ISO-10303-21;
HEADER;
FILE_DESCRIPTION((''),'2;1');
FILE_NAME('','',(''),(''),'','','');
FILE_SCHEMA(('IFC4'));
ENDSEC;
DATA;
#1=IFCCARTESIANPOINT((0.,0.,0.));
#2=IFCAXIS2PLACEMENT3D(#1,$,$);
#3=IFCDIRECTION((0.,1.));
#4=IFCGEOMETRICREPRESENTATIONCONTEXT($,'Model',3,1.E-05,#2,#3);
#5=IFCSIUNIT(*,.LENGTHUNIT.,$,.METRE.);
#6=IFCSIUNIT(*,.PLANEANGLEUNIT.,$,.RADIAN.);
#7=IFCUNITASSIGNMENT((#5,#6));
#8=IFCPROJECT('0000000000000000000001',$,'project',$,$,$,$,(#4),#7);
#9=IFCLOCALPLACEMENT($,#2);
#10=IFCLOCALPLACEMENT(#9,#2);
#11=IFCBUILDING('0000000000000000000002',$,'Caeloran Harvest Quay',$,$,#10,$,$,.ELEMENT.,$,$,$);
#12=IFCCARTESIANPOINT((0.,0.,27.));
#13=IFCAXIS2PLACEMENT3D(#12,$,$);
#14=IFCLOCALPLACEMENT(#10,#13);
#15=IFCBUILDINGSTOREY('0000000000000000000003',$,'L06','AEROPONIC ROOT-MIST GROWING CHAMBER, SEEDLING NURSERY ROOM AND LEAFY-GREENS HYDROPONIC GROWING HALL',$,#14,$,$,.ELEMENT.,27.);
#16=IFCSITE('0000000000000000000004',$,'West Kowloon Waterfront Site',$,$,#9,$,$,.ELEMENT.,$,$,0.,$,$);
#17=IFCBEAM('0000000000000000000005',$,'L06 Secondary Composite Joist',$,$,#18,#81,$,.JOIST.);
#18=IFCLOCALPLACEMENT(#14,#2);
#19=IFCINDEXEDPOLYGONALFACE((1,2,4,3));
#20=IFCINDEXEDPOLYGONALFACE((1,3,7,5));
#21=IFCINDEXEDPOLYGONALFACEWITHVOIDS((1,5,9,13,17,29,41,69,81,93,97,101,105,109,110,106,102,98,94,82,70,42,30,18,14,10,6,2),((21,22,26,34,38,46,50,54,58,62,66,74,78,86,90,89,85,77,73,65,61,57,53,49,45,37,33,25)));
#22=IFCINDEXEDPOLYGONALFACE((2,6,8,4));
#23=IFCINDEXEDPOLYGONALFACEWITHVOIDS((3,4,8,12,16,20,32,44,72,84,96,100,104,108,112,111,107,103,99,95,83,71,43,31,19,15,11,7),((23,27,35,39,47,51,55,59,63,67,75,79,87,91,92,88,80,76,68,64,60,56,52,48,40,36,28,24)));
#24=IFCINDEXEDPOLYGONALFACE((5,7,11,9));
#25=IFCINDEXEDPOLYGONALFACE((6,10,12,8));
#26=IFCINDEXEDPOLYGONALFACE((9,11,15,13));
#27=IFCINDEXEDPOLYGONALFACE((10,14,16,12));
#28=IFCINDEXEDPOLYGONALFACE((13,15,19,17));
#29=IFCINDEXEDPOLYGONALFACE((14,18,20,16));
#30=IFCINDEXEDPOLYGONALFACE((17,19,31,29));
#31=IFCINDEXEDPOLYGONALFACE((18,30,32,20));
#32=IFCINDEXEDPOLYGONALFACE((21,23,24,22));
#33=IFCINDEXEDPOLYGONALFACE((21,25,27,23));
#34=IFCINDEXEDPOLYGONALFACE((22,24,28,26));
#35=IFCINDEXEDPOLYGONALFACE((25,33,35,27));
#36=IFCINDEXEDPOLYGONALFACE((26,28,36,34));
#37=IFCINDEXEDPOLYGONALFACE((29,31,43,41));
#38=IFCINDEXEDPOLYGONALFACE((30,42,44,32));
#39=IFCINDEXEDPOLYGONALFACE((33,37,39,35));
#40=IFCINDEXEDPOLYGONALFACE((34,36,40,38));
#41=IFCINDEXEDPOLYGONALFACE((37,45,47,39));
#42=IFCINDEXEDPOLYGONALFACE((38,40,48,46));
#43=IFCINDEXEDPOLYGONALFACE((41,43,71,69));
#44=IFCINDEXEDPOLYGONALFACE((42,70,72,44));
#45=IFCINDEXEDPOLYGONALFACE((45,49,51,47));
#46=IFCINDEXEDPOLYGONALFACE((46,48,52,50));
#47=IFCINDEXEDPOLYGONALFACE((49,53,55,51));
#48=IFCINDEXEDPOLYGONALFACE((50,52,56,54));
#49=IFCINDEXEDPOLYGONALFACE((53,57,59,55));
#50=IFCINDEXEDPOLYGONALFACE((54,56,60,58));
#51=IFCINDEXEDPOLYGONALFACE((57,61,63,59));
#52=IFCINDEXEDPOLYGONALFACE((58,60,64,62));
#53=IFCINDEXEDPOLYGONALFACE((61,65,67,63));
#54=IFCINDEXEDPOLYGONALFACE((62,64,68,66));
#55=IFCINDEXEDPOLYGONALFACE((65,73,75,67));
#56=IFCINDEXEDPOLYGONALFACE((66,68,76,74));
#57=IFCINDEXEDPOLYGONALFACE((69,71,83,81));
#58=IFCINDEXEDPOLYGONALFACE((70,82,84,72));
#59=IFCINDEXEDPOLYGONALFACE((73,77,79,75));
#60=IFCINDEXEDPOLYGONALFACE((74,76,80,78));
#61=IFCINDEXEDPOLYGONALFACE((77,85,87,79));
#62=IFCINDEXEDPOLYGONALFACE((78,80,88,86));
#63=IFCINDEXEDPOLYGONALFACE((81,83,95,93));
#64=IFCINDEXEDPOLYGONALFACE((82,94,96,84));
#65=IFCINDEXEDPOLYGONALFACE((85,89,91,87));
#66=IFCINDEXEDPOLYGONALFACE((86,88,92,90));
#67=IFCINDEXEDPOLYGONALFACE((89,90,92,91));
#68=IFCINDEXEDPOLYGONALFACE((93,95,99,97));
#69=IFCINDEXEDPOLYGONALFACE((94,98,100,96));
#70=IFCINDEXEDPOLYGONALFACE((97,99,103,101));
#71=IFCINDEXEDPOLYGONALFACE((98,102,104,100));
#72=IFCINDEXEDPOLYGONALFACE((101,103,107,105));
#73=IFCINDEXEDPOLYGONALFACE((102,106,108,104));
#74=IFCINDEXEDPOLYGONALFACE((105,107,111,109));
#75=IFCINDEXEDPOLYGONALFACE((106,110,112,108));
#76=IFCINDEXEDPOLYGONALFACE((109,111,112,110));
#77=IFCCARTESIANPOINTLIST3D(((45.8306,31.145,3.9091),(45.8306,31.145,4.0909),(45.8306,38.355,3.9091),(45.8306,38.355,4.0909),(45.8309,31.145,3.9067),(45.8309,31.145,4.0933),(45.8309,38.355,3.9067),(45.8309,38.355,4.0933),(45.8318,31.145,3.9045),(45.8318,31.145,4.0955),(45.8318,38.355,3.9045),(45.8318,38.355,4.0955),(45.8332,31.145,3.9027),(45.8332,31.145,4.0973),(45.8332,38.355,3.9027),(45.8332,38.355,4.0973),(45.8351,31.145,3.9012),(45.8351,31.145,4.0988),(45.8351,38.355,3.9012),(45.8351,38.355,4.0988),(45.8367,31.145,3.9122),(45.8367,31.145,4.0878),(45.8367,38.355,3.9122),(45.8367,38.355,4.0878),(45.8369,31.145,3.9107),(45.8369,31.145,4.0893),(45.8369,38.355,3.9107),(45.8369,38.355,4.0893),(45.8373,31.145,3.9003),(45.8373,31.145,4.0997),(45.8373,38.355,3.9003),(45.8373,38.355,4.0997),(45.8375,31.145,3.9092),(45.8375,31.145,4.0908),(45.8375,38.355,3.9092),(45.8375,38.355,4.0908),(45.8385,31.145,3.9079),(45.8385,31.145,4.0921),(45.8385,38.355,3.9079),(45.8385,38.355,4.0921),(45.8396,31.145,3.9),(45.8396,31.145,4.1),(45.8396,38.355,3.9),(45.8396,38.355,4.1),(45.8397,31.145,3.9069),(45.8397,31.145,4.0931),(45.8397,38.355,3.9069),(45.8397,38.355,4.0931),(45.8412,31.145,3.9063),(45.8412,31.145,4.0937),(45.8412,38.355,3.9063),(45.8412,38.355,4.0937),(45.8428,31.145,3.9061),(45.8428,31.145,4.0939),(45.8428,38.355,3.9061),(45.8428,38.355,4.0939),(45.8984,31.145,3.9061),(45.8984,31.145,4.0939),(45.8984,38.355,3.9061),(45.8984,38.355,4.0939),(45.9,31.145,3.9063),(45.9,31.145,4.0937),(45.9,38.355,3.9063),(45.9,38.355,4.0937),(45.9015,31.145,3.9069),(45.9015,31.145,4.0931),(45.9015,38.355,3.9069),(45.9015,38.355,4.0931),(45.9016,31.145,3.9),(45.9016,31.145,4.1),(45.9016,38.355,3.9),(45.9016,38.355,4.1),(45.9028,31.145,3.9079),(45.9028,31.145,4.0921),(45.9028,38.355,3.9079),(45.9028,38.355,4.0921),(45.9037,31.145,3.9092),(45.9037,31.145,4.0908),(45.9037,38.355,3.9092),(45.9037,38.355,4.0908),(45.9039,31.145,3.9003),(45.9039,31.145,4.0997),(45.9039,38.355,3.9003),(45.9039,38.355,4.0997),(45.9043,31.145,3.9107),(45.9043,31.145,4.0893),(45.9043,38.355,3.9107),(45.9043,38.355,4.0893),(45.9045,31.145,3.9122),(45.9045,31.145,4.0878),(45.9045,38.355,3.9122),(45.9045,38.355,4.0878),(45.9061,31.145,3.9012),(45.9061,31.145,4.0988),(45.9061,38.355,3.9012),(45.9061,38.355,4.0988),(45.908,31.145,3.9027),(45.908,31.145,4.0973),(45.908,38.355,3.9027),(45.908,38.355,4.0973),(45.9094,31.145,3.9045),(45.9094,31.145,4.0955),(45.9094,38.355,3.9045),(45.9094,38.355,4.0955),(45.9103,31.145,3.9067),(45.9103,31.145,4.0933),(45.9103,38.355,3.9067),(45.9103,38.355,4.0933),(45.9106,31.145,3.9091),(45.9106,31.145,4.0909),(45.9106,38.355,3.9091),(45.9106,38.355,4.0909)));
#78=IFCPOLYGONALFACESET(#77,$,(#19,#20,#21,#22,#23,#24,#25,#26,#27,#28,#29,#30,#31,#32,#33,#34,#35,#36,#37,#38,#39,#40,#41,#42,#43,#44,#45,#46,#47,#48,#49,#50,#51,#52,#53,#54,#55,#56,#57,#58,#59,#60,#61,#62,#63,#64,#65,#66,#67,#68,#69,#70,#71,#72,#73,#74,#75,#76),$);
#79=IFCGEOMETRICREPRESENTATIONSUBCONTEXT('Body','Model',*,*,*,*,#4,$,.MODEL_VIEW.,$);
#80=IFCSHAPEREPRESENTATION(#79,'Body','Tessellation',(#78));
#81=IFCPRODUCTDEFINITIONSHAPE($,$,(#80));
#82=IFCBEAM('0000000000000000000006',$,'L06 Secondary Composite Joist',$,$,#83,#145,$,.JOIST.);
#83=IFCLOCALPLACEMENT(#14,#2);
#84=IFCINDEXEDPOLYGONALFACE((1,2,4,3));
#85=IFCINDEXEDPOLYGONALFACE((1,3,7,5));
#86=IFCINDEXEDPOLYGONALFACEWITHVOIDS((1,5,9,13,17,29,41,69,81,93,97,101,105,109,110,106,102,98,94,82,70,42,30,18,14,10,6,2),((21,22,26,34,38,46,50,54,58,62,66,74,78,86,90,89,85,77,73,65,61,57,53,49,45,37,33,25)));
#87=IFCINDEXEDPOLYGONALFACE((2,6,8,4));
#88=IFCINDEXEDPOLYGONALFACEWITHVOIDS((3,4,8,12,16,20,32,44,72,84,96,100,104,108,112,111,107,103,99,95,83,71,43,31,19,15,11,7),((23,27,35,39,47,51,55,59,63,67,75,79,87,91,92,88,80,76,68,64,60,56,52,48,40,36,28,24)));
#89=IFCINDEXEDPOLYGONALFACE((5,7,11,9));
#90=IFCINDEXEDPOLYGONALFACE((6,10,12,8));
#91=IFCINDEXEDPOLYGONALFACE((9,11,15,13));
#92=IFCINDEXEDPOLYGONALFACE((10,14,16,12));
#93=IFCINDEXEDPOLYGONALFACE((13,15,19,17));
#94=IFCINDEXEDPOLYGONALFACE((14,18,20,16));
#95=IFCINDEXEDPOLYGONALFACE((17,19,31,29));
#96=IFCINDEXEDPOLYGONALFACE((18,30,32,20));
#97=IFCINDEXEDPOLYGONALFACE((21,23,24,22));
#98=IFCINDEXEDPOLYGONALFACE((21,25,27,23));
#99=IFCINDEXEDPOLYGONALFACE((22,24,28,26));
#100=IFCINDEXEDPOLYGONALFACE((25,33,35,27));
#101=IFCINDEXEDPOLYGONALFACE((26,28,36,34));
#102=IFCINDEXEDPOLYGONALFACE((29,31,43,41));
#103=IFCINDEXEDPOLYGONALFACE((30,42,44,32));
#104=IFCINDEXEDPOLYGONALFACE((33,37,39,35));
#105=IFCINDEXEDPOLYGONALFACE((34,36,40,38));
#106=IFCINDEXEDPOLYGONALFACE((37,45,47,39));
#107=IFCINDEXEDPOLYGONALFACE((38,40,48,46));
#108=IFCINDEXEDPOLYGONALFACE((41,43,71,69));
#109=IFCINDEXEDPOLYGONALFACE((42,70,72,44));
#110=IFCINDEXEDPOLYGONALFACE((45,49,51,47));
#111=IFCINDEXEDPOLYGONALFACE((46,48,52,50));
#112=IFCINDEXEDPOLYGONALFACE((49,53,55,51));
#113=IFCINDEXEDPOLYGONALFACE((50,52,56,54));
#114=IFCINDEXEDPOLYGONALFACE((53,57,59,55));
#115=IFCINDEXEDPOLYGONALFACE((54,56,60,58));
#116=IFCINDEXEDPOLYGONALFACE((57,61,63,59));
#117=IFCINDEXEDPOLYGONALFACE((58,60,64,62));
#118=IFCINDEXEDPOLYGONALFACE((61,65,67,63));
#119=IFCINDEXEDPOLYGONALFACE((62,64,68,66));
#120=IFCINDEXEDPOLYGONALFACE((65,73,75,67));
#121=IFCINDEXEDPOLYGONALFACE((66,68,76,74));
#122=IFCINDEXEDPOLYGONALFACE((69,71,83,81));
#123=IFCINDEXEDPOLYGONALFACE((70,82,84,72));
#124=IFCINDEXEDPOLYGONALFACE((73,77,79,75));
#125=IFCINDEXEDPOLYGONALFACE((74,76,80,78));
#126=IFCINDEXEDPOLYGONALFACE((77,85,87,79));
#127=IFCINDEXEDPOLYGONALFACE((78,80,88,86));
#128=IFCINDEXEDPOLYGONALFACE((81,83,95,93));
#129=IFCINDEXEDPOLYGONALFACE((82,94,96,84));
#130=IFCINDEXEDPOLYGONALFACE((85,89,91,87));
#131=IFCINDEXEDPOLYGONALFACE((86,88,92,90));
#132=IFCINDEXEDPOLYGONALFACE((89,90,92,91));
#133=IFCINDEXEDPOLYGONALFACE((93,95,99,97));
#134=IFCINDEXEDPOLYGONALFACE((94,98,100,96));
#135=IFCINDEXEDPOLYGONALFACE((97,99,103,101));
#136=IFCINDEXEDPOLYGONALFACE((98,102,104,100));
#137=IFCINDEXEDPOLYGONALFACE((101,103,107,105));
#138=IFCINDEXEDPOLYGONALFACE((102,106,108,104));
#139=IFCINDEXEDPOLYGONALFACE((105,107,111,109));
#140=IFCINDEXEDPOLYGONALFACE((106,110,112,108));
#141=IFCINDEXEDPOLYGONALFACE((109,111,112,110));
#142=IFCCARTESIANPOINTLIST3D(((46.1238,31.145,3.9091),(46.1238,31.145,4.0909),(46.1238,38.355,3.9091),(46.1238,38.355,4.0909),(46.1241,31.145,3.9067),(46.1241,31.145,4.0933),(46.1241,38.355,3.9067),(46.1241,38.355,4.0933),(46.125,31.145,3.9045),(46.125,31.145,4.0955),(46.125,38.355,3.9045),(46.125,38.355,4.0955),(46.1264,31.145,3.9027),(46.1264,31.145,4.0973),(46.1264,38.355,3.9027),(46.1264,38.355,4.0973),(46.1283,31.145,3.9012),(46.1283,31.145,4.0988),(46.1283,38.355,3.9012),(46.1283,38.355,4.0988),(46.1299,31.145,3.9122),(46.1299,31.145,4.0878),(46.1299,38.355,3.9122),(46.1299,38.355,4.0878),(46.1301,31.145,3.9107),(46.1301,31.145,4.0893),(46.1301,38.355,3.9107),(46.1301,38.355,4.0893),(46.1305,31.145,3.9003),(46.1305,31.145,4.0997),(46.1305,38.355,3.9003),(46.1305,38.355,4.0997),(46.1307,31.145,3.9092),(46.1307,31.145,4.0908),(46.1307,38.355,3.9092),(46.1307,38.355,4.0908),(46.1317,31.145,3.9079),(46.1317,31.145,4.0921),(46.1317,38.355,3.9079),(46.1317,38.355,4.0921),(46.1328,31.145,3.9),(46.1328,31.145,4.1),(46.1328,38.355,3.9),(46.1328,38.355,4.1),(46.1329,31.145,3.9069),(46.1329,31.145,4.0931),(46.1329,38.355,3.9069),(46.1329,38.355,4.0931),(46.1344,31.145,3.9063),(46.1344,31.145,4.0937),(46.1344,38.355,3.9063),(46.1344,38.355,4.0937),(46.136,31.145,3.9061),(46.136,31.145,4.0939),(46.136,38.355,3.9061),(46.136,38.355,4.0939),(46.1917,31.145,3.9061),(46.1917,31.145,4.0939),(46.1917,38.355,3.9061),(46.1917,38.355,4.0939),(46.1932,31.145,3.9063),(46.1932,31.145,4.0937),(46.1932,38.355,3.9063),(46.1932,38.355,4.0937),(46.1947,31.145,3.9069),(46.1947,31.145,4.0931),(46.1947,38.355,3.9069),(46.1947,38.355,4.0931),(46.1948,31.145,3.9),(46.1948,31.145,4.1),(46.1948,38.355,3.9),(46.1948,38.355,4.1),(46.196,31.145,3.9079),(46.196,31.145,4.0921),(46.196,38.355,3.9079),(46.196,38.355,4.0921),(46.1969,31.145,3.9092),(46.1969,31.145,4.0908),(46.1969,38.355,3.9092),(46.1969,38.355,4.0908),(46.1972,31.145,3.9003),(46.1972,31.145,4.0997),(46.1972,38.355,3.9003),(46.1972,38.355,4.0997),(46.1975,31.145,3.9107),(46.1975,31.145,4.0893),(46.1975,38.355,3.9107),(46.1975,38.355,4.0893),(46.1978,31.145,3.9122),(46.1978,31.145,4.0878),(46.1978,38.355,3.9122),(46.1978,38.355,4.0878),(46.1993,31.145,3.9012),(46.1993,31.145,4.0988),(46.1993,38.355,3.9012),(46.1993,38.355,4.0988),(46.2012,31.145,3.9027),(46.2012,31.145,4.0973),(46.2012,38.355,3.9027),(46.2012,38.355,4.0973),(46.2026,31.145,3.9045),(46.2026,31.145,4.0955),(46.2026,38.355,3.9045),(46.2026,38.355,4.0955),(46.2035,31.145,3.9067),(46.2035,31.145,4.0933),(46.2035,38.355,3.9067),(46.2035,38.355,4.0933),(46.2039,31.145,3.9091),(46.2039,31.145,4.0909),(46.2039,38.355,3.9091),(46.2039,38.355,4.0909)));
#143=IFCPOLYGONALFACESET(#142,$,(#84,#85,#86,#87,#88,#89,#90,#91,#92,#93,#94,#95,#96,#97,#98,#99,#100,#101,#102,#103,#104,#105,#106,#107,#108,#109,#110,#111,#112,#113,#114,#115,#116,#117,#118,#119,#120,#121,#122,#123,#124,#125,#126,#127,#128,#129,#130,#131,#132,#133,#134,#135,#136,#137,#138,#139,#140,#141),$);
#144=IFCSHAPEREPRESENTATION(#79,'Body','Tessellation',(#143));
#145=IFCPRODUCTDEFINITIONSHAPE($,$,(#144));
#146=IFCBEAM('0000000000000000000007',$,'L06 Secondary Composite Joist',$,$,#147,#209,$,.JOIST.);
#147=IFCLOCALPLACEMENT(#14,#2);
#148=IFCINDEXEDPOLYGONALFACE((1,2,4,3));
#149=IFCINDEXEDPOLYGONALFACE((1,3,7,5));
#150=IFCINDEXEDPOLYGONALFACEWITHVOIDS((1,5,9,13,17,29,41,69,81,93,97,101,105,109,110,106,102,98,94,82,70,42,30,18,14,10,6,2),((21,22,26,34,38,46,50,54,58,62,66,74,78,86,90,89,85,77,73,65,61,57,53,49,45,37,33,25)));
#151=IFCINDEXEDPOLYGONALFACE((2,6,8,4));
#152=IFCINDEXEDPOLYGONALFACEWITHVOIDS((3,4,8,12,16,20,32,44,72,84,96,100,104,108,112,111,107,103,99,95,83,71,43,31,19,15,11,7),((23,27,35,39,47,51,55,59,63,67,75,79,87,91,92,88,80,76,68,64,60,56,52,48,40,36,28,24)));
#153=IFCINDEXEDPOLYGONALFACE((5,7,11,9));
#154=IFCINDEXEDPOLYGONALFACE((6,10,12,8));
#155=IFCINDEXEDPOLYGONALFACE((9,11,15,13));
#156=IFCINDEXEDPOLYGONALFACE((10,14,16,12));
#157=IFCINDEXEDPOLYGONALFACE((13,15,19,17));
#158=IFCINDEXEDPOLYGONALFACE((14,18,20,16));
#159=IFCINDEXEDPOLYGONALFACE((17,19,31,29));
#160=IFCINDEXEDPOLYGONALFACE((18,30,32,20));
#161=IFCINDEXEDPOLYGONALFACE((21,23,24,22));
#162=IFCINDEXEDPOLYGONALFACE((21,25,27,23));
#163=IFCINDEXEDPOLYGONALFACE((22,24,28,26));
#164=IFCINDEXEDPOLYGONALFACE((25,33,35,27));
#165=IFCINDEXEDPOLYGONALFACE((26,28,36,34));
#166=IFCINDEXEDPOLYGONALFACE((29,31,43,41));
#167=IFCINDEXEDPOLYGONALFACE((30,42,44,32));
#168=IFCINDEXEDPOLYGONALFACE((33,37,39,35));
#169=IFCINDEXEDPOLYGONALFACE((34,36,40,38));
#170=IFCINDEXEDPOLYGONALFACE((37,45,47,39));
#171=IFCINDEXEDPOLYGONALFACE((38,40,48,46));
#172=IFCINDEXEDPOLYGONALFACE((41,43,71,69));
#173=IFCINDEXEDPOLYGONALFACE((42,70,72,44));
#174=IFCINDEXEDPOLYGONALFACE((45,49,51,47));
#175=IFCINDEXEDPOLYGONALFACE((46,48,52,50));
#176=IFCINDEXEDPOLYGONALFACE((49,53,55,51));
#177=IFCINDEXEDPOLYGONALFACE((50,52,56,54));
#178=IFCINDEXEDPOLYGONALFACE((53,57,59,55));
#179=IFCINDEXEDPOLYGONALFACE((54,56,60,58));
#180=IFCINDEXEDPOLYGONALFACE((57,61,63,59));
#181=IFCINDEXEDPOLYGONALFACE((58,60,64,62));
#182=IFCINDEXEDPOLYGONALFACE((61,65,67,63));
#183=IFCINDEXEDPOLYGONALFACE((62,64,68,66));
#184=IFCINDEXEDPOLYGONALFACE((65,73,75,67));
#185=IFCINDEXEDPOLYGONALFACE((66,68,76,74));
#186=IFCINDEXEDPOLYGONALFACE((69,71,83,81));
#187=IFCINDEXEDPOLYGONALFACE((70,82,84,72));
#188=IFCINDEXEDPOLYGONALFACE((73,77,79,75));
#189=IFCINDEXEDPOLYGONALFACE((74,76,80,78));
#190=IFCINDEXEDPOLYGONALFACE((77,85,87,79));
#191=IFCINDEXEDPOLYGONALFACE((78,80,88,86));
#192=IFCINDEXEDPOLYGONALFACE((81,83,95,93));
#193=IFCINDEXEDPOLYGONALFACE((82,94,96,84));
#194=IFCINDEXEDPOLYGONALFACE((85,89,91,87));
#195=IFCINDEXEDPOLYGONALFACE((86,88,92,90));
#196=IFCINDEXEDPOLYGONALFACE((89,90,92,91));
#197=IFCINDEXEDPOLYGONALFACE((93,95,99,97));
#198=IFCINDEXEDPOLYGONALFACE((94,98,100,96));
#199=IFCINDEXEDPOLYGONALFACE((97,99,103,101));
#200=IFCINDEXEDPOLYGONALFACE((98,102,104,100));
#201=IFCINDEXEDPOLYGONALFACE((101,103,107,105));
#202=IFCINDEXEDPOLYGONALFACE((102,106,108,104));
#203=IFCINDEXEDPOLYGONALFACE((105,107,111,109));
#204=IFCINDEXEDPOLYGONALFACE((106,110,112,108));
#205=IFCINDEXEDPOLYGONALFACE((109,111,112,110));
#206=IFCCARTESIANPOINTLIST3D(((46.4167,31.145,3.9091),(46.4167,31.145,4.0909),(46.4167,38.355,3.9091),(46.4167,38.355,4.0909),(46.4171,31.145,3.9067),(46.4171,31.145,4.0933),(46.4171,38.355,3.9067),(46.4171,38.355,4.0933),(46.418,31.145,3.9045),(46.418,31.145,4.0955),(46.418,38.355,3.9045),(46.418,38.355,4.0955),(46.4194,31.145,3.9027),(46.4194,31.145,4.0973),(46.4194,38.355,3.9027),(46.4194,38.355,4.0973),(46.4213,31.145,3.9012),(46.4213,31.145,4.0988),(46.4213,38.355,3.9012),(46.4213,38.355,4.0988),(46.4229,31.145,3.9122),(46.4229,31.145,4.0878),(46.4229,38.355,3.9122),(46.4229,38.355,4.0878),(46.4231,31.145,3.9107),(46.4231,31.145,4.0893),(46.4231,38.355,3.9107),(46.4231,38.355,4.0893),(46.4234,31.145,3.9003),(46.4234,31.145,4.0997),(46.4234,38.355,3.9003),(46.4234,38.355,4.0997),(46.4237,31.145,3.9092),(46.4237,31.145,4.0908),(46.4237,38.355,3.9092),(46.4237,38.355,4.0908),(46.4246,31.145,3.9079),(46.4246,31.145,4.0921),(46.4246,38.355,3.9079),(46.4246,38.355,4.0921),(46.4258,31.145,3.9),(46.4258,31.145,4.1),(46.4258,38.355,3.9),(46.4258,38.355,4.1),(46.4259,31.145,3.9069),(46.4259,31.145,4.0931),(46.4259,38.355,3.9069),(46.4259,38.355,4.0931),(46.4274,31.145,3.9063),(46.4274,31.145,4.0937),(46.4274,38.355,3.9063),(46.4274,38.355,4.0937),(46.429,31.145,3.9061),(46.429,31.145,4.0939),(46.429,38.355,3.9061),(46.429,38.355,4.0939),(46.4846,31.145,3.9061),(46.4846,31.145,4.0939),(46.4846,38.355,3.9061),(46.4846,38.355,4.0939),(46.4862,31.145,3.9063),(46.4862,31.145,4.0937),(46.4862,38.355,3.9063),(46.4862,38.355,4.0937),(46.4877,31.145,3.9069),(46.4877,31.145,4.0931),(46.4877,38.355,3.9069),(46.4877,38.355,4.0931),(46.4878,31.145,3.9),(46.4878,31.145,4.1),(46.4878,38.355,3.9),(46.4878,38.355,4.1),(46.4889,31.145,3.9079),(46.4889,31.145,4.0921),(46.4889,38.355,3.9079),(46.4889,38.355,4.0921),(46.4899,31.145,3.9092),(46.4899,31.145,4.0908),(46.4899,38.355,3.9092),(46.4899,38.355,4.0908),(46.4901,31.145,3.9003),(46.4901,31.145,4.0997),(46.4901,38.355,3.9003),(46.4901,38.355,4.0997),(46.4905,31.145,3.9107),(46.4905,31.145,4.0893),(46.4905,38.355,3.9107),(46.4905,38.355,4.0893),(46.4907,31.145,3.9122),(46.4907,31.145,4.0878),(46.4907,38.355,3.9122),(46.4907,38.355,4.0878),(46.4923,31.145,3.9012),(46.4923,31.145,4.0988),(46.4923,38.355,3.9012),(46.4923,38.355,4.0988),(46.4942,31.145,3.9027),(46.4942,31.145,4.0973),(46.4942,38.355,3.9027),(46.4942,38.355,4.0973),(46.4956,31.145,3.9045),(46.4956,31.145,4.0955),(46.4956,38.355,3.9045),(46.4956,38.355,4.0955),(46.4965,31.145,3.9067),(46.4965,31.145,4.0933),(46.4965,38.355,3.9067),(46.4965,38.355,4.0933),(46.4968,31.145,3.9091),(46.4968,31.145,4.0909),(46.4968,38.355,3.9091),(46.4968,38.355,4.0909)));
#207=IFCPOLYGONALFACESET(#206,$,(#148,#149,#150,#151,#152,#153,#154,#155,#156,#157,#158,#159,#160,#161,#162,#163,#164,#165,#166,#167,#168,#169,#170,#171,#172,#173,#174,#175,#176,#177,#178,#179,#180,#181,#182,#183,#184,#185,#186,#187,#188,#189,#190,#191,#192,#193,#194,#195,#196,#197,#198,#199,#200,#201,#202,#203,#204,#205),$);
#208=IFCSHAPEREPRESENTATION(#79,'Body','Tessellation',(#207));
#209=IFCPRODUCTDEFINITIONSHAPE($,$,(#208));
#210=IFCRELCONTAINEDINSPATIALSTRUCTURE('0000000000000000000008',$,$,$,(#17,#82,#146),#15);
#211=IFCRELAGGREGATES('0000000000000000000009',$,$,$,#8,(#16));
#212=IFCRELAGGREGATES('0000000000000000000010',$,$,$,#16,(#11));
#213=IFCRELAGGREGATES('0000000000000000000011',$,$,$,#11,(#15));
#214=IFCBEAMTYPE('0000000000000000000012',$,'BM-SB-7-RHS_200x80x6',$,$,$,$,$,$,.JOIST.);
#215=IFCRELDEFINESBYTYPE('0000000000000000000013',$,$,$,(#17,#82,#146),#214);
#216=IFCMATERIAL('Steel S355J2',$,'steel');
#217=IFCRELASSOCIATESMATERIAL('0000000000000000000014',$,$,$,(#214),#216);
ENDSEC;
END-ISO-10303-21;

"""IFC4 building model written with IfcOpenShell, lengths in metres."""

from ifc_helpers import new_model, si_unit, direction, frame, origin, origin_2d, place, context, subcontext, project, spatial, hollow_rectangle, extrude, material, material_profile, profile_set, type_object, element, save


model = new_model("IFC4")

# Units and contexts
model_context = context("Model", 3, precision=1e-05, world=origin(), true_north=direction((0.0, 1.0)))
body_context = subcontext(model_context, "Body", "Model", "MODEL_VIEW")
ifc_project = project(units=[si_unit("LENGTHUNIT", "METRE"), si_unit("PLANEANGLEUNIT", "RADIAN")], contexts=[model_context])

# Site, building, storey
site_placement = place(None, origin())
site = spatial("IfcSite", under=ifc_project, at=site_placement, Name="West Kowloon Waterfront Site", CompositionType="ELEMENT", RefElevation=0.0)
building_placement = place(site_placement, origin())
building = spatial("IfcBuilding", under=site, at=building_placement, Name="Caeloran Harvest Quay", CompositionType="ELEMENT")
storey_placement = place(building_placement, frame((0.0, 0.0, 27.0)))
storey = spatial("IfcBuildingStorey", under=building, at=storey_placement, Name="L06", Description="AEROPONIC ROOT-MIST GROWING CHAMBER, SEEDLING NURSERY ROOM AND LEAFY-GREENS HYDROPONIC GROWING HALL", CompositionType="ELEMENT", Elevation=27.0)

# Beams
ifc_material_1 = material(Name="Steel S355J2", Category="steel")
ifc_material_profile_1 = material_profile(ifc_material_1, hollow_rectangle(XDim=0.0801, YDim=0.2, WallThickness=0.0061, InnerFilletRadius=0.0061, OuterFilletRadius=0.009, at=origin_2d()), Name="RHS 200x80x6")
ifc_profile_set_1 = profile_set([ifc_material_profile_1], Name="Steel S355J2")
beam_type_1 = type_object("IfcBeamType", Name="BM-SB-7-RHS_200x80x6", PredefinedType="JOIST", material=ifc_profile_set_1)
for number, where, z_axis, x_axis, name in (
    (1, (45.8706, 31.145, 4.0), (0.0, 1.0, 0.0), (-1.0, 0.0, 0.0), "L06 Secondary Composite Joist"),
    (2, (46.1638, 31.145, 4.0), (0.0, 1.0, 0.0), (-1.0, 0.0, 0.0), "L06 Secondary Composite Joist"),
    (3, (46.4568, 31.145, 4.0), (0.0, 1.0, 0.0), (-1.0, 0.0, 0.0), "L06 Secondary Composite Joist"),
):
    element("IfcBeam", number, at=place(storey_placement, frame(where, z_axis=z_axis, x_axis=x_axis)), inside=storey, type_object=beam_type_1, Name=name, PredefinedType="JOIST", context=body_context, shape_type="SweptSolid", body=[
        extrude(hollow_rectangle(XDim=0.0801, YDim=0.2, WallThickness=0.0061, InnerFilletRadius=0.0061, OuterFilletRadius=0.009, at=origin_2d()), origin(), (0.0, 0.0, 1.0), 7.21),
    ])

save(model, "model.ifc")
